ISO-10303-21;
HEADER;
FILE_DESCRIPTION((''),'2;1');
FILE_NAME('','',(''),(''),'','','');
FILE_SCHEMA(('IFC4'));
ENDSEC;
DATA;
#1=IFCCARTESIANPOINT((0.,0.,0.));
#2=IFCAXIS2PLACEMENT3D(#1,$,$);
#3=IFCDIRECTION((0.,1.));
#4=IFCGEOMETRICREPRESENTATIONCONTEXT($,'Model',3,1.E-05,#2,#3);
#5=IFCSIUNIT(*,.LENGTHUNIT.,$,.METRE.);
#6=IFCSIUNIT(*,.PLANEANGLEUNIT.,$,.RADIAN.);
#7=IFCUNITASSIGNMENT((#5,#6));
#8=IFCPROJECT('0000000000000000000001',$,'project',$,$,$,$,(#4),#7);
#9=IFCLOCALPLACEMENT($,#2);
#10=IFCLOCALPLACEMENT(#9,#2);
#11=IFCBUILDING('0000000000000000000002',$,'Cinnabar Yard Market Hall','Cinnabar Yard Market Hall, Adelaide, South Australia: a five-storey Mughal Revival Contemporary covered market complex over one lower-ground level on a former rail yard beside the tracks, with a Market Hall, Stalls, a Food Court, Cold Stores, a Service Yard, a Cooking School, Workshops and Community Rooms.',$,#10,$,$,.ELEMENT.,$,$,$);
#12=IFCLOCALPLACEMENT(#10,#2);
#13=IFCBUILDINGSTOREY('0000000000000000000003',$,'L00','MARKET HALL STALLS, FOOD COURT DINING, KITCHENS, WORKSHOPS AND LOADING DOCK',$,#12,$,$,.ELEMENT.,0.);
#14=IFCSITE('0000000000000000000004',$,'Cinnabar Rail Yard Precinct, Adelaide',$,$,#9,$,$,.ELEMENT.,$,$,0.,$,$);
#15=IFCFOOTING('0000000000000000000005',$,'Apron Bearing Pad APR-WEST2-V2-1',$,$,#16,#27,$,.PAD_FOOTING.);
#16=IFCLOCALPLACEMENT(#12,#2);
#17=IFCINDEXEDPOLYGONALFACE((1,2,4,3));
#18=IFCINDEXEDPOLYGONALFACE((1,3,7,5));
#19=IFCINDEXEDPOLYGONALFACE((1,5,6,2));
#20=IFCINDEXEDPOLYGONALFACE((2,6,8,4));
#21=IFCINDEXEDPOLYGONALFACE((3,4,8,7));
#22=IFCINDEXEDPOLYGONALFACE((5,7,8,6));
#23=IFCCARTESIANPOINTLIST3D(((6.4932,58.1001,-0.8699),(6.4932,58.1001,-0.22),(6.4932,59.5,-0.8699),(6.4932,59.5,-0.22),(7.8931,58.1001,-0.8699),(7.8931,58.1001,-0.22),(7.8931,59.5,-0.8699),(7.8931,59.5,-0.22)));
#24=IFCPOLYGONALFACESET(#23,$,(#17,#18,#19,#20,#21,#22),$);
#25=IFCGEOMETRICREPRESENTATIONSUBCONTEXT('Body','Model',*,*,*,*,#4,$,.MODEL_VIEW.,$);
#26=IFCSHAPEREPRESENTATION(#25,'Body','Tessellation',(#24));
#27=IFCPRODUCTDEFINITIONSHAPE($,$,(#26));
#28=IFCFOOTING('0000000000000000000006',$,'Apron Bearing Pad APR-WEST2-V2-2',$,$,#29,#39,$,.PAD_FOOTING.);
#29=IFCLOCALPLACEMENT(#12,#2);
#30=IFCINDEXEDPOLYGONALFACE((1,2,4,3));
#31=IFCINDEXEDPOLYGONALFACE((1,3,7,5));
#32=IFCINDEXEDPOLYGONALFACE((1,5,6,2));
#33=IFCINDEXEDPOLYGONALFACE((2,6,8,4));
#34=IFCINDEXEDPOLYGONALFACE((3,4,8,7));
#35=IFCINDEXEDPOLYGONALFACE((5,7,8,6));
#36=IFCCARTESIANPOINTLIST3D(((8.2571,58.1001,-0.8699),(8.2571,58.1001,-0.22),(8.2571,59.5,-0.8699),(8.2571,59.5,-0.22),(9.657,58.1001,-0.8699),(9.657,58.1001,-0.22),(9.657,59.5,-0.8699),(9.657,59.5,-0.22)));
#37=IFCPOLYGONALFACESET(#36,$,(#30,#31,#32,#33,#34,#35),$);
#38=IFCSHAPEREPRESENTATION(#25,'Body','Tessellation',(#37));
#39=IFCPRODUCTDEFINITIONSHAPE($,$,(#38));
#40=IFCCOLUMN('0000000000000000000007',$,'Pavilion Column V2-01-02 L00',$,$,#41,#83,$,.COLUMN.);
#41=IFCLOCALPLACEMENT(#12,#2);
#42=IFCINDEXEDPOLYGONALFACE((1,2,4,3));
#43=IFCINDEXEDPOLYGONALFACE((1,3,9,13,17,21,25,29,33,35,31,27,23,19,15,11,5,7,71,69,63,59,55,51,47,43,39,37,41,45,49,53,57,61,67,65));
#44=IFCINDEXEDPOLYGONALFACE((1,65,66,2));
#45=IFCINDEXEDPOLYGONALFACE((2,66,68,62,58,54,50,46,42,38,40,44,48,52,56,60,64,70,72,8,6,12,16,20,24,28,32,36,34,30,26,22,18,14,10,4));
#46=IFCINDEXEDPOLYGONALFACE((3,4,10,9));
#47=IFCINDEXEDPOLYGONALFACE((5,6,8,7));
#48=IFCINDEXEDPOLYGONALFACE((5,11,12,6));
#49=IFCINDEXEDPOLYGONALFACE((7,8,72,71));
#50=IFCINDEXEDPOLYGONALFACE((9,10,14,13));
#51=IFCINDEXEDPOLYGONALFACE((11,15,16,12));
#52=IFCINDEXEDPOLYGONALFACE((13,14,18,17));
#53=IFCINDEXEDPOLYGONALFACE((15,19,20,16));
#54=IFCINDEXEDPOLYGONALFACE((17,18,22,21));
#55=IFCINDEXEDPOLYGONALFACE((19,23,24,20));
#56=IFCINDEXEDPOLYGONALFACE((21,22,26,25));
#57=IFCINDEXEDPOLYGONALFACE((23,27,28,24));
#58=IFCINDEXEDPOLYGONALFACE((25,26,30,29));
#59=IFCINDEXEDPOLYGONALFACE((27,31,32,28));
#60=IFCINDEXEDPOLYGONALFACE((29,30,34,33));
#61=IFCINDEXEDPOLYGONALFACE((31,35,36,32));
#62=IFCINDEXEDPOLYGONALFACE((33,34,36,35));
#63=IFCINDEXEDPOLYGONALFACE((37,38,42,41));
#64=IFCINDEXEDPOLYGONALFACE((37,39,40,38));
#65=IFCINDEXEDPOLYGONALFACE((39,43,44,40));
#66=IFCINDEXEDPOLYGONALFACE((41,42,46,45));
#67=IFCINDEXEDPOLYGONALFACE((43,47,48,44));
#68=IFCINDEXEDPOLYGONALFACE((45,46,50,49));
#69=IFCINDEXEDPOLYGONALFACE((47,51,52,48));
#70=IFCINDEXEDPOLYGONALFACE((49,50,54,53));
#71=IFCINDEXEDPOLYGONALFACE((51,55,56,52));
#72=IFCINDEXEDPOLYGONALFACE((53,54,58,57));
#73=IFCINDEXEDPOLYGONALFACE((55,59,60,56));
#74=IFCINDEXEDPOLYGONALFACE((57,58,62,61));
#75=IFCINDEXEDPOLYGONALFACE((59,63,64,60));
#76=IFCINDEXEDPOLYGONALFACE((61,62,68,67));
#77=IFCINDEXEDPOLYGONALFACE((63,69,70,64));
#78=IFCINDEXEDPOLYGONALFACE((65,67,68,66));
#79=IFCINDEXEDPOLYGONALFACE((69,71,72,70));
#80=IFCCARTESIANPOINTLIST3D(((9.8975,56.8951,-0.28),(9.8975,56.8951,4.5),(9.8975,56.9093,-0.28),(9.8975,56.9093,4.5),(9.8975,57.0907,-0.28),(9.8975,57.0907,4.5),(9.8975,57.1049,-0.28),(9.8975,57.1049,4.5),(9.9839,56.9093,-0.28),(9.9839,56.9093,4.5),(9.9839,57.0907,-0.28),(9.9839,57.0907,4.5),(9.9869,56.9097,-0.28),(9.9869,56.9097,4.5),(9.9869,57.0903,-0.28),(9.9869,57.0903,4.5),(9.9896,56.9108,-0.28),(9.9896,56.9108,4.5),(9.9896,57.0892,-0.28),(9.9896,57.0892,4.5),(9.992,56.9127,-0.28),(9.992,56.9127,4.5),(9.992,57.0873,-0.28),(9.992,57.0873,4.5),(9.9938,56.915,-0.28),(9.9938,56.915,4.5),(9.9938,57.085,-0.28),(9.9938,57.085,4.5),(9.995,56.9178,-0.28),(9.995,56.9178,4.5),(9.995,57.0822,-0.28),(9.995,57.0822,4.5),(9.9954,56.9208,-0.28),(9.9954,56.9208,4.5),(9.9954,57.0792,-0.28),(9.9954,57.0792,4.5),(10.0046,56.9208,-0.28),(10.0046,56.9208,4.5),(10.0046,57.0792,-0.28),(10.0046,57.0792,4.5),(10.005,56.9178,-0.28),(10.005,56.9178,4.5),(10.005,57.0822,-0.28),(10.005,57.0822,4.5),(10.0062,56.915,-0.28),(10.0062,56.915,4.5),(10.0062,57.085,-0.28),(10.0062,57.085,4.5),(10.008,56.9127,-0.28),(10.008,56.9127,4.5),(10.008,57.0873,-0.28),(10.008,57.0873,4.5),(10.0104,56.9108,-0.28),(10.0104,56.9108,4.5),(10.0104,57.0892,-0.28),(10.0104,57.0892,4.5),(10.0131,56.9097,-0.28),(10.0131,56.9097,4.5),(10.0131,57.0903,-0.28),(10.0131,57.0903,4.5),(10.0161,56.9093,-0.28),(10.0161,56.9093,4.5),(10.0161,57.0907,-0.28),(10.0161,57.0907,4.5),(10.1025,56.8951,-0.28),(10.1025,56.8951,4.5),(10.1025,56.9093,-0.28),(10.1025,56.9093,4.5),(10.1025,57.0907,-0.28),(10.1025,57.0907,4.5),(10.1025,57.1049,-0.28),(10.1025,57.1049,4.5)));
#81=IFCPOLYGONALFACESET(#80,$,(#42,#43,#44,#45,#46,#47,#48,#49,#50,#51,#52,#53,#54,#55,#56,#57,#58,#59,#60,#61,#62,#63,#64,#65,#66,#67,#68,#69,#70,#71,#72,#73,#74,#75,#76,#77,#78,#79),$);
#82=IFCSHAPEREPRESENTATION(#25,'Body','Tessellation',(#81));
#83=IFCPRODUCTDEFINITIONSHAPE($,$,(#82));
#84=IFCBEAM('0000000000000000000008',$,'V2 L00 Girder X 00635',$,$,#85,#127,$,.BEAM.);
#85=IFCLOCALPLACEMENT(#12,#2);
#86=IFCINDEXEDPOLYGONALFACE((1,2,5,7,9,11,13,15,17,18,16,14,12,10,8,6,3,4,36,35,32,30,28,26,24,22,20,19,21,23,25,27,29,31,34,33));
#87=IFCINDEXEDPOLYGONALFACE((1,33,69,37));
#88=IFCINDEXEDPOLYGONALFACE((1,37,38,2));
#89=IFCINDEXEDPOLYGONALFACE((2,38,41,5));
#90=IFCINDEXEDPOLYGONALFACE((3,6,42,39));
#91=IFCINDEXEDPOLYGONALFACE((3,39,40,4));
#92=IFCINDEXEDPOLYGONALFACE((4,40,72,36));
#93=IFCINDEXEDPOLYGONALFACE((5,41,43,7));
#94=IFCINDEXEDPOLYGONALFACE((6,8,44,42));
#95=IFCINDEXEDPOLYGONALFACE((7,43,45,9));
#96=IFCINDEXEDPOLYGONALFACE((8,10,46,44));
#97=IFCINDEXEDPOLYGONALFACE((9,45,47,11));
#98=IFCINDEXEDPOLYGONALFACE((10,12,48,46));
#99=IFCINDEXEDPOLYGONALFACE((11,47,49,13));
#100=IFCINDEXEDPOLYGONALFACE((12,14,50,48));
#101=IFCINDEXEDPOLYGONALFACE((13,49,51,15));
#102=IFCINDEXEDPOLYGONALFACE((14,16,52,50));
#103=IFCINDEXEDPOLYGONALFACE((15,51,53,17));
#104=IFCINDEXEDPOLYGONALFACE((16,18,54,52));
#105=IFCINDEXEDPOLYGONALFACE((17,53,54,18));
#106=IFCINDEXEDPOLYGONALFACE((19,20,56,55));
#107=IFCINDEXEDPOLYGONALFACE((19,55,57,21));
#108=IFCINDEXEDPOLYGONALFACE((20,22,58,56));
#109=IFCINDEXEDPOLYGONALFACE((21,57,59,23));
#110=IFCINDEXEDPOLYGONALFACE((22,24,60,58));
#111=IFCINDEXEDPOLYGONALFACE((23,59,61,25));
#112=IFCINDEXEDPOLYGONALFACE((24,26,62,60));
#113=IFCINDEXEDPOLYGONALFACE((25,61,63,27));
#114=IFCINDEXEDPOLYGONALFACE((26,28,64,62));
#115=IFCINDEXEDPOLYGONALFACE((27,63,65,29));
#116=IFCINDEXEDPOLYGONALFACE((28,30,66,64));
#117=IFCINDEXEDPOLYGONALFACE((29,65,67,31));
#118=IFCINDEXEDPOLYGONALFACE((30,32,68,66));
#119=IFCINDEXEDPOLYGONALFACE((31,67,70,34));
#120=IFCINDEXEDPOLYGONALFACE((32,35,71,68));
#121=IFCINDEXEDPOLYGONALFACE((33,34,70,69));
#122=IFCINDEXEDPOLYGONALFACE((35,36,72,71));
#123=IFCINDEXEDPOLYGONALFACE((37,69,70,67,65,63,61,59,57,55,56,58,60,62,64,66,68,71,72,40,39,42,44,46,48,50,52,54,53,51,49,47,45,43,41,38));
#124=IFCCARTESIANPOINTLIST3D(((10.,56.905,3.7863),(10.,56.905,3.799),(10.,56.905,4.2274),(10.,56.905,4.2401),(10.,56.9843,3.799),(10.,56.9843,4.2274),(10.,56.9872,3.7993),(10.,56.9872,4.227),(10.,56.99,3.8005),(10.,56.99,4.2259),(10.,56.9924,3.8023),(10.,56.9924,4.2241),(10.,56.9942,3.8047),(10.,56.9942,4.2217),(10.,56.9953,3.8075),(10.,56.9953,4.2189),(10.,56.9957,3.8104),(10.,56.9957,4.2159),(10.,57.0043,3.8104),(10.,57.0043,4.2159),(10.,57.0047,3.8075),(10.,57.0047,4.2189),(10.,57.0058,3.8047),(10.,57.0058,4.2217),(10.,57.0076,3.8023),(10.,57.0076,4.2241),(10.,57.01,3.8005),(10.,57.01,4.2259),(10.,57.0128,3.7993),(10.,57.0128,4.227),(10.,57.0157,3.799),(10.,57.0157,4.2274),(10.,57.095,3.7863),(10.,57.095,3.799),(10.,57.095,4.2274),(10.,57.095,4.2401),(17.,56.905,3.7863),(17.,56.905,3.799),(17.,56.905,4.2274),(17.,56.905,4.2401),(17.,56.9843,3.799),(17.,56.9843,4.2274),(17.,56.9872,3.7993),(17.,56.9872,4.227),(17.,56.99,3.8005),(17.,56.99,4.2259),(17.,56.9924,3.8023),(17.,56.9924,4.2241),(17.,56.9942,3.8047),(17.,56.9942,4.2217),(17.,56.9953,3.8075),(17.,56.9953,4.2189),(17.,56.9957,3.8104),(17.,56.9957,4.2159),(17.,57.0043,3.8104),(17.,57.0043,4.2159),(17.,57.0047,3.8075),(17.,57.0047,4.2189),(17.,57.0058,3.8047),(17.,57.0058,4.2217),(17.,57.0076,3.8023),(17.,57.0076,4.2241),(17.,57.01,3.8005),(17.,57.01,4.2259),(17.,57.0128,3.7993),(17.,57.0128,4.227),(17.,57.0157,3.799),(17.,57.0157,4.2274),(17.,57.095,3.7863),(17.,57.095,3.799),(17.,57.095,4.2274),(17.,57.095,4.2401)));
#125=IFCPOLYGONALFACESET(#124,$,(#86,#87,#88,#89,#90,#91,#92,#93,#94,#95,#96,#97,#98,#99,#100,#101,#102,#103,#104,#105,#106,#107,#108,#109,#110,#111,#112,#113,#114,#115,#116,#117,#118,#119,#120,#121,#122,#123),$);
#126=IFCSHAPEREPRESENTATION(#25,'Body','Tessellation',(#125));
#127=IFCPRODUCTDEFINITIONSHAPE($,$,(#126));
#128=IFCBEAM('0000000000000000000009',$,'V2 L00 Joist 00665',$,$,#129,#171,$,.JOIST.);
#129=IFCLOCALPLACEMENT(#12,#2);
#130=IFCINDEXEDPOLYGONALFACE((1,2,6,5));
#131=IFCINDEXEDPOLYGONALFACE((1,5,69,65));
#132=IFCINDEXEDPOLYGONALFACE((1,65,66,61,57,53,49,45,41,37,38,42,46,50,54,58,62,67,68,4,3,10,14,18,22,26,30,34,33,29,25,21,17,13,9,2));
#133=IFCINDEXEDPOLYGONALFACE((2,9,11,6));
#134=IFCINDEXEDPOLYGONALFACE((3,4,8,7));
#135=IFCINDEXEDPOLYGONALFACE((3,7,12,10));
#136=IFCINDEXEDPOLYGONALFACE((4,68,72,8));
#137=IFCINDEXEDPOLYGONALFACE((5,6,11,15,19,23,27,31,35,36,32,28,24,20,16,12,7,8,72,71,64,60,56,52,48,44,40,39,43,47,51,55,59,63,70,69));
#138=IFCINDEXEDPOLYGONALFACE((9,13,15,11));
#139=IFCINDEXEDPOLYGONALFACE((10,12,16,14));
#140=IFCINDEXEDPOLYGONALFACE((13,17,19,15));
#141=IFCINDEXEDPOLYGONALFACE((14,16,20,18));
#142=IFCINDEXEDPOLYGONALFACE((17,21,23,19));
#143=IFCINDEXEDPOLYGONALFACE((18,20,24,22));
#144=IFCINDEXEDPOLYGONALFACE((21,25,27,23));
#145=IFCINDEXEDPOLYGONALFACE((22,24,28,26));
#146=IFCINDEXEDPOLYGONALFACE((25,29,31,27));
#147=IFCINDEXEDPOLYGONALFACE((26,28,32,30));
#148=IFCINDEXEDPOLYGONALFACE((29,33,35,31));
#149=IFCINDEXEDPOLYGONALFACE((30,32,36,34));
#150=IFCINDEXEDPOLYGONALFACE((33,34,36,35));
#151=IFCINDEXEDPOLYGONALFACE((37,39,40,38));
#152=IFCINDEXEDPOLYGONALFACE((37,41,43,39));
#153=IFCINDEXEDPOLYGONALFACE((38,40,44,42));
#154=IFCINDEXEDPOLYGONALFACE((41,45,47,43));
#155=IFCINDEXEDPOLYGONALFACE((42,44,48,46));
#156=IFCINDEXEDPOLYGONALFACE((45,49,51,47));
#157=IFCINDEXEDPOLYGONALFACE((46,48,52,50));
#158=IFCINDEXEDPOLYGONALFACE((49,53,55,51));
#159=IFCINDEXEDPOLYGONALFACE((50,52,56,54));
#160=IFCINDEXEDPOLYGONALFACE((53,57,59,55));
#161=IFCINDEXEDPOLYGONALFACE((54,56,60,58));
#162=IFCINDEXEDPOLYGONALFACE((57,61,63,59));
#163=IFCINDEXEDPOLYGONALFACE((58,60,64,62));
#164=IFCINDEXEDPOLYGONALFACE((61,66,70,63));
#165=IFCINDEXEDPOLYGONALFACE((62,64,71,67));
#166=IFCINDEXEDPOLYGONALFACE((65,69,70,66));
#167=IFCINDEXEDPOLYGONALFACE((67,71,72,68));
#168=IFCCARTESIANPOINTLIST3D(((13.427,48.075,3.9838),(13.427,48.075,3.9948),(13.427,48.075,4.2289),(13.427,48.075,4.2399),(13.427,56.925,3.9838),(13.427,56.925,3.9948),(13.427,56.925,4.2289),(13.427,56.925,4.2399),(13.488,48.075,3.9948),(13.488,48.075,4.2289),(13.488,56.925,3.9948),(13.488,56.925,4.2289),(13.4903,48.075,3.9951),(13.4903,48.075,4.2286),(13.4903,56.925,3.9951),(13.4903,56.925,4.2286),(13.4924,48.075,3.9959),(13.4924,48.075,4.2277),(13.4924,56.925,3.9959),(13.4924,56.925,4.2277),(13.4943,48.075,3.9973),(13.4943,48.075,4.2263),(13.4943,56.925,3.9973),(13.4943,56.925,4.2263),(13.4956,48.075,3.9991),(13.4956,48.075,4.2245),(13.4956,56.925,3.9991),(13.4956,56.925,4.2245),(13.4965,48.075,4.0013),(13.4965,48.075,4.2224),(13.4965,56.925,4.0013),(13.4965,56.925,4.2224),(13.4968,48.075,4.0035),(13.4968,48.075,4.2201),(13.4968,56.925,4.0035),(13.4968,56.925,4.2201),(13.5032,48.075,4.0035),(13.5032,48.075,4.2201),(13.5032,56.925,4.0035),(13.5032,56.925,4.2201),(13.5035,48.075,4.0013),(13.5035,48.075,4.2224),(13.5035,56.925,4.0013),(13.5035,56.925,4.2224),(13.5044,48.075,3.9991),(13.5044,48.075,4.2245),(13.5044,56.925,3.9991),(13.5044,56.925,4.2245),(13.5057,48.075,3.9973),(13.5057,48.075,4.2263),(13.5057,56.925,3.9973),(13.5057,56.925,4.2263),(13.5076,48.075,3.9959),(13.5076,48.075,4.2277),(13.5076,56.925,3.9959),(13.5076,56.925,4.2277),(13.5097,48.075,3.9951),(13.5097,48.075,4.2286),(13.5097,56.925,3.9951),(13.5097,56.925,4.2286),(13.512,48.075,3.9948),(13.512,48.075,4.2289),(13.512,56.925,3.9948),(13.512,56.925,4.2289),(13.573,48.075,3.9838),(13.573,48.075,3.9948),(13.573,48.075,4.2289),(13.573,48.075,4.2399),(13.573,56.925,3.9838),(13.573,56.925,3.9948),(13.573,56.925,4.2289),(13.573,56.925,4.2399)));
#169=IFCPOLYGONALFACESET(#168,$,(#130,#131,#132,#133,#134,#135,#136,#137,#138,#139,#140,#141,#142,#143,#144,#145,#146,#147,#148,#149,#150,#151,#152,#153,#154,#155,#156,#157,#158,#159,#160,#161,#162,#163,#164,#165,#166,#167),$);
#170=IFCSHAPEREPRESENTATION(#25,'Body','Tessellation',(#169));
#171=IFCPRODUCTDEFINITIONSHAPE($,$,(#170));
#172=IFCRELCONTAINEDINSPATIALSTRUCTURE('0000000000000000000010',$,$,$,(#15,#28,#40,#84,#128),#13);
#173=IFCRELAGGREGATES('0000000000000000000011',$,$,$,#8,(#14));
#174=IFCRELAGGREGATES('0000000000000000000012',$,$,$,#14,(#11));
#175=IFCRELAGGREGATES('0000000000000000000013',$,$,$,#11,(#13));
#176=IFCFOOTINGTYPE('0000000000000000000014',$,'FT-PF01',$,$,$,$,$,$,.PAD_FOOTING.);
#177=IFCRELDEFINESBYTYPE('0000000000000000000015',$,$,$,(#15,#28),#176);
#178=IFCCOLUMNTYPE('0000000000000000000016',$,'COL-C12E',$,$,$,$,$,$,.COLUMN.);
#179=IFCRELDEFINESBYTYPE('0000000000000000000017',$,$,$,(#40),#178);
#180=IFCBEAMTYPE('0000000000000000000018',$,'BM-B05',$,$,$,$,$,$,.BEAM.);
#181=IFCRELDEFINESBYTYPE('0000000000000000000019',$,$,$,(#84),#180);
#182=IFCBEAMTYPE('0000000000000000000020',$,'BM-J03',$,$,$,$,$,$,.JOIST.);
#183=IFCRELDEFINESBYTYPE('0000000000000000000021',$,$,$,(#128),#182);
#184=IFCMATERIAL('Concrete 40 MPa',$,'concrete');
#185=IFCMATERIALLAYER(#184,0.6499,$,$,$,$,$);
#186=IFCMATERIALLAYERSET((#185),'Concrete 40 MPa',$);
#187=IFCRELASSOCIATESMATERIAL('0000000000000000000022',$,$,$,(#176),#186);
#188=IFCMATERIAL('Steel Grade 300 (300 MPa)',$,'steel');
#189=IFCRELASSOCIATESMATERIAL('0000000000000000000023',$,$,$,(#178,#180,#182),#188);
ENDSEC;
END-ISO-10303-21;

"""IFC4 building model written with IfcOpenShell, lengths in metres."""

from ifc_helpers import new_model, si_unit, direction, frame, origin, origin_2d_with_axis, place, context, subcontext, project, spatial, rectangle, i_section, extrude, material, layer, layer_set, material_profile, profile_set, type_object, element, save


model = new_model("IFC4")

# Units and contexts
model_context = context("Model", 3, precision=1e-05, world=origin(), true_north=direction((0.0, 1.0)))
body_context = subcontext(model_context, "Body", "Model", "MODEL_VIEW")
ifc_project = project(units=[si_unit("LENGTHUNIT", "METRE"), si_unit("PLANEANGLEUNIT", "RADIAN")], contexts=[model_context])

# Site, building, storey
site_placement = place(None, origin())
site = spatial("IfcSite", under=ifc_project, at=site_placement, Name="Cinnabar Rail Yard Precinct, Adelaide", CompositionType="ELEMENT", RefElevation=0.0)
building_placement = place(site_placement, origin())
building = spatial("IfcBuilding", under=site, at=building_placement, Name="Cinnabar Yard Market Hall", Description="Cinnabar Yard Market Hall, Adelaide, South Australia: a five-storey Mughal Revival Contemporary covered market complex over one lower-ground level on a former rail yard beside the tracks, with a Market Hall, Stalls, a Food Court, Cold Stores, a Service Yard, a Cooking School, Workshops and Community Rooms.", CompositionType="ELEMENT")
storey_placement = place(building_placement, origin())
storey = spatial("IfcBuildingStorey", under=building, at=storey_placement, Name="L00", Description="MARKET HALL STALLS, FOOD COURT DINING, KITCHENS, WORKSHOPS AND LOADING DOCK", CompositionType="ELEMENT", Elevation=0.0)

# Footings
ifc_material_1 = material(Name="Concrete 40 MPa", Category="concrete")
ifc_layer_1 = layer(ifc_material_1, 0.6499)
ifc_layer_set_1 = layer_set([ifc_layer_1], Name="Concrete 40 MPa")
footing_type = type_object("IfcFootingType", Name="FT-PF01", PredefinedType="PAD_FOOTING", material=ifc_layer_set_1)
for number, where, z_axis, x_axis, name in (
    (1, (7.1931, 58.8, -0.8699), (0.0, 0.0, 1.0), (1.0, 0.0, 0.0), "Apron Bearing Pad APR-WEST2-V2-1"),
    (2, (8.957, 58.8, -0.8699), (0.0, 0.0, 1.0), (1.0, 0.0, 0.0), "Apron Bearing Pad APR-WEST2-V2-2"),
):
    element("IfcFooting", number, at=place(storey_placement, frame(where, z_axis=z_axis, x_axis=x_axis)), inside=storey, type_object=footing_type, Name=name, PredefinedType="PAD_FOOTING", context=body_context, shape_type="SweptSolid", body=[
        extrude(rectangle(XDim=1.3999, YDim=1.3999, at=origin_2d_with_axis()), origin(), (0.0, 0.0, 1.0), 0.6499),
    ])

# Column
ifc_material_2 = material(Name="Steel Grade 300 (300 MPa)", Category="steel")
ifc_material_profile_1 = material_profile(ifc_material_2, i_section(OverallWidth=0.2051, OverallDepth=0.2097, WebThickness=0.0093, FlangeThickness=0.0142, FilletRadius=0.0115, at=origin_2d_with_axis()), Name="200UC59.5")
ifc_profile_set_1 = profile_set([ifc_material_profile_1], Name="Steel Grade 300 (300 MPa)")
column_type = type_object("IfcColumnType", Name="COL-C12E", PredefinedType="COLUMN", material=ifc_profile_set_1)
column_placement = place(storey_placement, frame((10.0, 57.0, -0.28), z_axis=(0.0, 0.0, 1.0), x_axis=(1.0, 0.0, 0.0)))
element("IfcColumn", 3, at=column_placement, inside=storey, type_object=column_type, Name="Pavilion Column V2-01-02 L00", PredefinedType="COLUMN", context=body_context, shape_type="SweptSolid", body=[
    extrude(i_section(OverallWidth=0.2051, OverallDepth=0.2097, WebThickness=0.0093, FlangeThickness=0.0142, FilletRadius=0.0115, at=origin_2d_with_axis()), origin(), (0.0, 0.0, 1.0), 4.78),
])

# Beams
ifc_material_profile_2 = material_profile(ifc_material_2, i_section(OverallWidth=0.1899, OverallDepth=0.4539, WebThickness=0.0085, FlangeThickness=0.0127, FilletRadius=0.0115, at=origin_2d_with_axis()), Name="460UB67.1")
ifc_profile_set_2 = profile_set([ifc_material_profile_2], Name="Steel Grade 300 (300 MPa)")
beam_type_1 = type_object("IfcBeamType", Name="BM-B05", PredefinedType="BEAM", material=ifc_profile_set_2)
beam_placement = place(storey_placement, frame((10.0, 57.0, 4.0132), z_axis=(1.0, 0.0, 0.0), x_axis=(0.0, 1.0, 0.0)))
element("IfcBeam", 4, at=beam_placement, inside=storey, type_object=beam_type_1, Name="V2 L00 Girder X 00635", PredefinedType="BEAM", context=body_context, shape_type="SweptSolid", body=[
    extrude(i_section(OverallWidth=0.1899, OverallDepth=0.4539, WebThickness=0.0085, FlangeThickness=0.0127, FilletRadius=0.0115, at=origin_2d_with_axis()), origin(), (0.0, 0.0, 1.0), 7.0),
])
ifc_material_profile_3 = material_profile(ifc_material_2, i_section(OverallWidth=0.146, OverallDepth=0.2561, WebThickness=0.0063, FlangeThickness=0.011, FilletRadius=0.0088, at=origin_2d_with_axis()), Name="250UB37.3")
ifc_profile_set_3 = profile_set([ifc_material_profile_3], Name="Steel Grade 300 (300 MPa)")
beam_type_2 = type_object("IfcBeamType", Name="BM-J03", PredefinedType="JOIST", material=ifc_profile_set_3)
for number, where, z_axis, x_axis, name in (
    (5, (13.5, 48.075, 4.1118), (0.0, 1.0, 0.0), (-1.0, 0.0, 0.0), "V2 L00 Joist 00665"),
):
    element("IfcBeam", number, at=place(storey_placement, frame(where, z_axis=z_axis, x_axis=x_axis)), inside=storey, type_object=beam_type_2, Name=name, PredefinedType="JOIST", context=body_context, shape_type="SweptSolid", body=[
        extrude(i_section(OverallWidth=0.146, OverallDepth=0.2561, WebThickness=0.0063, FlangeThickness=0.011, FilletRadius=0.0088, at=origin_2d_with_axis()), origin(), (0.0, 0.0, 1.0), 8.8501),
    ])

save(model, "model.ifc")
